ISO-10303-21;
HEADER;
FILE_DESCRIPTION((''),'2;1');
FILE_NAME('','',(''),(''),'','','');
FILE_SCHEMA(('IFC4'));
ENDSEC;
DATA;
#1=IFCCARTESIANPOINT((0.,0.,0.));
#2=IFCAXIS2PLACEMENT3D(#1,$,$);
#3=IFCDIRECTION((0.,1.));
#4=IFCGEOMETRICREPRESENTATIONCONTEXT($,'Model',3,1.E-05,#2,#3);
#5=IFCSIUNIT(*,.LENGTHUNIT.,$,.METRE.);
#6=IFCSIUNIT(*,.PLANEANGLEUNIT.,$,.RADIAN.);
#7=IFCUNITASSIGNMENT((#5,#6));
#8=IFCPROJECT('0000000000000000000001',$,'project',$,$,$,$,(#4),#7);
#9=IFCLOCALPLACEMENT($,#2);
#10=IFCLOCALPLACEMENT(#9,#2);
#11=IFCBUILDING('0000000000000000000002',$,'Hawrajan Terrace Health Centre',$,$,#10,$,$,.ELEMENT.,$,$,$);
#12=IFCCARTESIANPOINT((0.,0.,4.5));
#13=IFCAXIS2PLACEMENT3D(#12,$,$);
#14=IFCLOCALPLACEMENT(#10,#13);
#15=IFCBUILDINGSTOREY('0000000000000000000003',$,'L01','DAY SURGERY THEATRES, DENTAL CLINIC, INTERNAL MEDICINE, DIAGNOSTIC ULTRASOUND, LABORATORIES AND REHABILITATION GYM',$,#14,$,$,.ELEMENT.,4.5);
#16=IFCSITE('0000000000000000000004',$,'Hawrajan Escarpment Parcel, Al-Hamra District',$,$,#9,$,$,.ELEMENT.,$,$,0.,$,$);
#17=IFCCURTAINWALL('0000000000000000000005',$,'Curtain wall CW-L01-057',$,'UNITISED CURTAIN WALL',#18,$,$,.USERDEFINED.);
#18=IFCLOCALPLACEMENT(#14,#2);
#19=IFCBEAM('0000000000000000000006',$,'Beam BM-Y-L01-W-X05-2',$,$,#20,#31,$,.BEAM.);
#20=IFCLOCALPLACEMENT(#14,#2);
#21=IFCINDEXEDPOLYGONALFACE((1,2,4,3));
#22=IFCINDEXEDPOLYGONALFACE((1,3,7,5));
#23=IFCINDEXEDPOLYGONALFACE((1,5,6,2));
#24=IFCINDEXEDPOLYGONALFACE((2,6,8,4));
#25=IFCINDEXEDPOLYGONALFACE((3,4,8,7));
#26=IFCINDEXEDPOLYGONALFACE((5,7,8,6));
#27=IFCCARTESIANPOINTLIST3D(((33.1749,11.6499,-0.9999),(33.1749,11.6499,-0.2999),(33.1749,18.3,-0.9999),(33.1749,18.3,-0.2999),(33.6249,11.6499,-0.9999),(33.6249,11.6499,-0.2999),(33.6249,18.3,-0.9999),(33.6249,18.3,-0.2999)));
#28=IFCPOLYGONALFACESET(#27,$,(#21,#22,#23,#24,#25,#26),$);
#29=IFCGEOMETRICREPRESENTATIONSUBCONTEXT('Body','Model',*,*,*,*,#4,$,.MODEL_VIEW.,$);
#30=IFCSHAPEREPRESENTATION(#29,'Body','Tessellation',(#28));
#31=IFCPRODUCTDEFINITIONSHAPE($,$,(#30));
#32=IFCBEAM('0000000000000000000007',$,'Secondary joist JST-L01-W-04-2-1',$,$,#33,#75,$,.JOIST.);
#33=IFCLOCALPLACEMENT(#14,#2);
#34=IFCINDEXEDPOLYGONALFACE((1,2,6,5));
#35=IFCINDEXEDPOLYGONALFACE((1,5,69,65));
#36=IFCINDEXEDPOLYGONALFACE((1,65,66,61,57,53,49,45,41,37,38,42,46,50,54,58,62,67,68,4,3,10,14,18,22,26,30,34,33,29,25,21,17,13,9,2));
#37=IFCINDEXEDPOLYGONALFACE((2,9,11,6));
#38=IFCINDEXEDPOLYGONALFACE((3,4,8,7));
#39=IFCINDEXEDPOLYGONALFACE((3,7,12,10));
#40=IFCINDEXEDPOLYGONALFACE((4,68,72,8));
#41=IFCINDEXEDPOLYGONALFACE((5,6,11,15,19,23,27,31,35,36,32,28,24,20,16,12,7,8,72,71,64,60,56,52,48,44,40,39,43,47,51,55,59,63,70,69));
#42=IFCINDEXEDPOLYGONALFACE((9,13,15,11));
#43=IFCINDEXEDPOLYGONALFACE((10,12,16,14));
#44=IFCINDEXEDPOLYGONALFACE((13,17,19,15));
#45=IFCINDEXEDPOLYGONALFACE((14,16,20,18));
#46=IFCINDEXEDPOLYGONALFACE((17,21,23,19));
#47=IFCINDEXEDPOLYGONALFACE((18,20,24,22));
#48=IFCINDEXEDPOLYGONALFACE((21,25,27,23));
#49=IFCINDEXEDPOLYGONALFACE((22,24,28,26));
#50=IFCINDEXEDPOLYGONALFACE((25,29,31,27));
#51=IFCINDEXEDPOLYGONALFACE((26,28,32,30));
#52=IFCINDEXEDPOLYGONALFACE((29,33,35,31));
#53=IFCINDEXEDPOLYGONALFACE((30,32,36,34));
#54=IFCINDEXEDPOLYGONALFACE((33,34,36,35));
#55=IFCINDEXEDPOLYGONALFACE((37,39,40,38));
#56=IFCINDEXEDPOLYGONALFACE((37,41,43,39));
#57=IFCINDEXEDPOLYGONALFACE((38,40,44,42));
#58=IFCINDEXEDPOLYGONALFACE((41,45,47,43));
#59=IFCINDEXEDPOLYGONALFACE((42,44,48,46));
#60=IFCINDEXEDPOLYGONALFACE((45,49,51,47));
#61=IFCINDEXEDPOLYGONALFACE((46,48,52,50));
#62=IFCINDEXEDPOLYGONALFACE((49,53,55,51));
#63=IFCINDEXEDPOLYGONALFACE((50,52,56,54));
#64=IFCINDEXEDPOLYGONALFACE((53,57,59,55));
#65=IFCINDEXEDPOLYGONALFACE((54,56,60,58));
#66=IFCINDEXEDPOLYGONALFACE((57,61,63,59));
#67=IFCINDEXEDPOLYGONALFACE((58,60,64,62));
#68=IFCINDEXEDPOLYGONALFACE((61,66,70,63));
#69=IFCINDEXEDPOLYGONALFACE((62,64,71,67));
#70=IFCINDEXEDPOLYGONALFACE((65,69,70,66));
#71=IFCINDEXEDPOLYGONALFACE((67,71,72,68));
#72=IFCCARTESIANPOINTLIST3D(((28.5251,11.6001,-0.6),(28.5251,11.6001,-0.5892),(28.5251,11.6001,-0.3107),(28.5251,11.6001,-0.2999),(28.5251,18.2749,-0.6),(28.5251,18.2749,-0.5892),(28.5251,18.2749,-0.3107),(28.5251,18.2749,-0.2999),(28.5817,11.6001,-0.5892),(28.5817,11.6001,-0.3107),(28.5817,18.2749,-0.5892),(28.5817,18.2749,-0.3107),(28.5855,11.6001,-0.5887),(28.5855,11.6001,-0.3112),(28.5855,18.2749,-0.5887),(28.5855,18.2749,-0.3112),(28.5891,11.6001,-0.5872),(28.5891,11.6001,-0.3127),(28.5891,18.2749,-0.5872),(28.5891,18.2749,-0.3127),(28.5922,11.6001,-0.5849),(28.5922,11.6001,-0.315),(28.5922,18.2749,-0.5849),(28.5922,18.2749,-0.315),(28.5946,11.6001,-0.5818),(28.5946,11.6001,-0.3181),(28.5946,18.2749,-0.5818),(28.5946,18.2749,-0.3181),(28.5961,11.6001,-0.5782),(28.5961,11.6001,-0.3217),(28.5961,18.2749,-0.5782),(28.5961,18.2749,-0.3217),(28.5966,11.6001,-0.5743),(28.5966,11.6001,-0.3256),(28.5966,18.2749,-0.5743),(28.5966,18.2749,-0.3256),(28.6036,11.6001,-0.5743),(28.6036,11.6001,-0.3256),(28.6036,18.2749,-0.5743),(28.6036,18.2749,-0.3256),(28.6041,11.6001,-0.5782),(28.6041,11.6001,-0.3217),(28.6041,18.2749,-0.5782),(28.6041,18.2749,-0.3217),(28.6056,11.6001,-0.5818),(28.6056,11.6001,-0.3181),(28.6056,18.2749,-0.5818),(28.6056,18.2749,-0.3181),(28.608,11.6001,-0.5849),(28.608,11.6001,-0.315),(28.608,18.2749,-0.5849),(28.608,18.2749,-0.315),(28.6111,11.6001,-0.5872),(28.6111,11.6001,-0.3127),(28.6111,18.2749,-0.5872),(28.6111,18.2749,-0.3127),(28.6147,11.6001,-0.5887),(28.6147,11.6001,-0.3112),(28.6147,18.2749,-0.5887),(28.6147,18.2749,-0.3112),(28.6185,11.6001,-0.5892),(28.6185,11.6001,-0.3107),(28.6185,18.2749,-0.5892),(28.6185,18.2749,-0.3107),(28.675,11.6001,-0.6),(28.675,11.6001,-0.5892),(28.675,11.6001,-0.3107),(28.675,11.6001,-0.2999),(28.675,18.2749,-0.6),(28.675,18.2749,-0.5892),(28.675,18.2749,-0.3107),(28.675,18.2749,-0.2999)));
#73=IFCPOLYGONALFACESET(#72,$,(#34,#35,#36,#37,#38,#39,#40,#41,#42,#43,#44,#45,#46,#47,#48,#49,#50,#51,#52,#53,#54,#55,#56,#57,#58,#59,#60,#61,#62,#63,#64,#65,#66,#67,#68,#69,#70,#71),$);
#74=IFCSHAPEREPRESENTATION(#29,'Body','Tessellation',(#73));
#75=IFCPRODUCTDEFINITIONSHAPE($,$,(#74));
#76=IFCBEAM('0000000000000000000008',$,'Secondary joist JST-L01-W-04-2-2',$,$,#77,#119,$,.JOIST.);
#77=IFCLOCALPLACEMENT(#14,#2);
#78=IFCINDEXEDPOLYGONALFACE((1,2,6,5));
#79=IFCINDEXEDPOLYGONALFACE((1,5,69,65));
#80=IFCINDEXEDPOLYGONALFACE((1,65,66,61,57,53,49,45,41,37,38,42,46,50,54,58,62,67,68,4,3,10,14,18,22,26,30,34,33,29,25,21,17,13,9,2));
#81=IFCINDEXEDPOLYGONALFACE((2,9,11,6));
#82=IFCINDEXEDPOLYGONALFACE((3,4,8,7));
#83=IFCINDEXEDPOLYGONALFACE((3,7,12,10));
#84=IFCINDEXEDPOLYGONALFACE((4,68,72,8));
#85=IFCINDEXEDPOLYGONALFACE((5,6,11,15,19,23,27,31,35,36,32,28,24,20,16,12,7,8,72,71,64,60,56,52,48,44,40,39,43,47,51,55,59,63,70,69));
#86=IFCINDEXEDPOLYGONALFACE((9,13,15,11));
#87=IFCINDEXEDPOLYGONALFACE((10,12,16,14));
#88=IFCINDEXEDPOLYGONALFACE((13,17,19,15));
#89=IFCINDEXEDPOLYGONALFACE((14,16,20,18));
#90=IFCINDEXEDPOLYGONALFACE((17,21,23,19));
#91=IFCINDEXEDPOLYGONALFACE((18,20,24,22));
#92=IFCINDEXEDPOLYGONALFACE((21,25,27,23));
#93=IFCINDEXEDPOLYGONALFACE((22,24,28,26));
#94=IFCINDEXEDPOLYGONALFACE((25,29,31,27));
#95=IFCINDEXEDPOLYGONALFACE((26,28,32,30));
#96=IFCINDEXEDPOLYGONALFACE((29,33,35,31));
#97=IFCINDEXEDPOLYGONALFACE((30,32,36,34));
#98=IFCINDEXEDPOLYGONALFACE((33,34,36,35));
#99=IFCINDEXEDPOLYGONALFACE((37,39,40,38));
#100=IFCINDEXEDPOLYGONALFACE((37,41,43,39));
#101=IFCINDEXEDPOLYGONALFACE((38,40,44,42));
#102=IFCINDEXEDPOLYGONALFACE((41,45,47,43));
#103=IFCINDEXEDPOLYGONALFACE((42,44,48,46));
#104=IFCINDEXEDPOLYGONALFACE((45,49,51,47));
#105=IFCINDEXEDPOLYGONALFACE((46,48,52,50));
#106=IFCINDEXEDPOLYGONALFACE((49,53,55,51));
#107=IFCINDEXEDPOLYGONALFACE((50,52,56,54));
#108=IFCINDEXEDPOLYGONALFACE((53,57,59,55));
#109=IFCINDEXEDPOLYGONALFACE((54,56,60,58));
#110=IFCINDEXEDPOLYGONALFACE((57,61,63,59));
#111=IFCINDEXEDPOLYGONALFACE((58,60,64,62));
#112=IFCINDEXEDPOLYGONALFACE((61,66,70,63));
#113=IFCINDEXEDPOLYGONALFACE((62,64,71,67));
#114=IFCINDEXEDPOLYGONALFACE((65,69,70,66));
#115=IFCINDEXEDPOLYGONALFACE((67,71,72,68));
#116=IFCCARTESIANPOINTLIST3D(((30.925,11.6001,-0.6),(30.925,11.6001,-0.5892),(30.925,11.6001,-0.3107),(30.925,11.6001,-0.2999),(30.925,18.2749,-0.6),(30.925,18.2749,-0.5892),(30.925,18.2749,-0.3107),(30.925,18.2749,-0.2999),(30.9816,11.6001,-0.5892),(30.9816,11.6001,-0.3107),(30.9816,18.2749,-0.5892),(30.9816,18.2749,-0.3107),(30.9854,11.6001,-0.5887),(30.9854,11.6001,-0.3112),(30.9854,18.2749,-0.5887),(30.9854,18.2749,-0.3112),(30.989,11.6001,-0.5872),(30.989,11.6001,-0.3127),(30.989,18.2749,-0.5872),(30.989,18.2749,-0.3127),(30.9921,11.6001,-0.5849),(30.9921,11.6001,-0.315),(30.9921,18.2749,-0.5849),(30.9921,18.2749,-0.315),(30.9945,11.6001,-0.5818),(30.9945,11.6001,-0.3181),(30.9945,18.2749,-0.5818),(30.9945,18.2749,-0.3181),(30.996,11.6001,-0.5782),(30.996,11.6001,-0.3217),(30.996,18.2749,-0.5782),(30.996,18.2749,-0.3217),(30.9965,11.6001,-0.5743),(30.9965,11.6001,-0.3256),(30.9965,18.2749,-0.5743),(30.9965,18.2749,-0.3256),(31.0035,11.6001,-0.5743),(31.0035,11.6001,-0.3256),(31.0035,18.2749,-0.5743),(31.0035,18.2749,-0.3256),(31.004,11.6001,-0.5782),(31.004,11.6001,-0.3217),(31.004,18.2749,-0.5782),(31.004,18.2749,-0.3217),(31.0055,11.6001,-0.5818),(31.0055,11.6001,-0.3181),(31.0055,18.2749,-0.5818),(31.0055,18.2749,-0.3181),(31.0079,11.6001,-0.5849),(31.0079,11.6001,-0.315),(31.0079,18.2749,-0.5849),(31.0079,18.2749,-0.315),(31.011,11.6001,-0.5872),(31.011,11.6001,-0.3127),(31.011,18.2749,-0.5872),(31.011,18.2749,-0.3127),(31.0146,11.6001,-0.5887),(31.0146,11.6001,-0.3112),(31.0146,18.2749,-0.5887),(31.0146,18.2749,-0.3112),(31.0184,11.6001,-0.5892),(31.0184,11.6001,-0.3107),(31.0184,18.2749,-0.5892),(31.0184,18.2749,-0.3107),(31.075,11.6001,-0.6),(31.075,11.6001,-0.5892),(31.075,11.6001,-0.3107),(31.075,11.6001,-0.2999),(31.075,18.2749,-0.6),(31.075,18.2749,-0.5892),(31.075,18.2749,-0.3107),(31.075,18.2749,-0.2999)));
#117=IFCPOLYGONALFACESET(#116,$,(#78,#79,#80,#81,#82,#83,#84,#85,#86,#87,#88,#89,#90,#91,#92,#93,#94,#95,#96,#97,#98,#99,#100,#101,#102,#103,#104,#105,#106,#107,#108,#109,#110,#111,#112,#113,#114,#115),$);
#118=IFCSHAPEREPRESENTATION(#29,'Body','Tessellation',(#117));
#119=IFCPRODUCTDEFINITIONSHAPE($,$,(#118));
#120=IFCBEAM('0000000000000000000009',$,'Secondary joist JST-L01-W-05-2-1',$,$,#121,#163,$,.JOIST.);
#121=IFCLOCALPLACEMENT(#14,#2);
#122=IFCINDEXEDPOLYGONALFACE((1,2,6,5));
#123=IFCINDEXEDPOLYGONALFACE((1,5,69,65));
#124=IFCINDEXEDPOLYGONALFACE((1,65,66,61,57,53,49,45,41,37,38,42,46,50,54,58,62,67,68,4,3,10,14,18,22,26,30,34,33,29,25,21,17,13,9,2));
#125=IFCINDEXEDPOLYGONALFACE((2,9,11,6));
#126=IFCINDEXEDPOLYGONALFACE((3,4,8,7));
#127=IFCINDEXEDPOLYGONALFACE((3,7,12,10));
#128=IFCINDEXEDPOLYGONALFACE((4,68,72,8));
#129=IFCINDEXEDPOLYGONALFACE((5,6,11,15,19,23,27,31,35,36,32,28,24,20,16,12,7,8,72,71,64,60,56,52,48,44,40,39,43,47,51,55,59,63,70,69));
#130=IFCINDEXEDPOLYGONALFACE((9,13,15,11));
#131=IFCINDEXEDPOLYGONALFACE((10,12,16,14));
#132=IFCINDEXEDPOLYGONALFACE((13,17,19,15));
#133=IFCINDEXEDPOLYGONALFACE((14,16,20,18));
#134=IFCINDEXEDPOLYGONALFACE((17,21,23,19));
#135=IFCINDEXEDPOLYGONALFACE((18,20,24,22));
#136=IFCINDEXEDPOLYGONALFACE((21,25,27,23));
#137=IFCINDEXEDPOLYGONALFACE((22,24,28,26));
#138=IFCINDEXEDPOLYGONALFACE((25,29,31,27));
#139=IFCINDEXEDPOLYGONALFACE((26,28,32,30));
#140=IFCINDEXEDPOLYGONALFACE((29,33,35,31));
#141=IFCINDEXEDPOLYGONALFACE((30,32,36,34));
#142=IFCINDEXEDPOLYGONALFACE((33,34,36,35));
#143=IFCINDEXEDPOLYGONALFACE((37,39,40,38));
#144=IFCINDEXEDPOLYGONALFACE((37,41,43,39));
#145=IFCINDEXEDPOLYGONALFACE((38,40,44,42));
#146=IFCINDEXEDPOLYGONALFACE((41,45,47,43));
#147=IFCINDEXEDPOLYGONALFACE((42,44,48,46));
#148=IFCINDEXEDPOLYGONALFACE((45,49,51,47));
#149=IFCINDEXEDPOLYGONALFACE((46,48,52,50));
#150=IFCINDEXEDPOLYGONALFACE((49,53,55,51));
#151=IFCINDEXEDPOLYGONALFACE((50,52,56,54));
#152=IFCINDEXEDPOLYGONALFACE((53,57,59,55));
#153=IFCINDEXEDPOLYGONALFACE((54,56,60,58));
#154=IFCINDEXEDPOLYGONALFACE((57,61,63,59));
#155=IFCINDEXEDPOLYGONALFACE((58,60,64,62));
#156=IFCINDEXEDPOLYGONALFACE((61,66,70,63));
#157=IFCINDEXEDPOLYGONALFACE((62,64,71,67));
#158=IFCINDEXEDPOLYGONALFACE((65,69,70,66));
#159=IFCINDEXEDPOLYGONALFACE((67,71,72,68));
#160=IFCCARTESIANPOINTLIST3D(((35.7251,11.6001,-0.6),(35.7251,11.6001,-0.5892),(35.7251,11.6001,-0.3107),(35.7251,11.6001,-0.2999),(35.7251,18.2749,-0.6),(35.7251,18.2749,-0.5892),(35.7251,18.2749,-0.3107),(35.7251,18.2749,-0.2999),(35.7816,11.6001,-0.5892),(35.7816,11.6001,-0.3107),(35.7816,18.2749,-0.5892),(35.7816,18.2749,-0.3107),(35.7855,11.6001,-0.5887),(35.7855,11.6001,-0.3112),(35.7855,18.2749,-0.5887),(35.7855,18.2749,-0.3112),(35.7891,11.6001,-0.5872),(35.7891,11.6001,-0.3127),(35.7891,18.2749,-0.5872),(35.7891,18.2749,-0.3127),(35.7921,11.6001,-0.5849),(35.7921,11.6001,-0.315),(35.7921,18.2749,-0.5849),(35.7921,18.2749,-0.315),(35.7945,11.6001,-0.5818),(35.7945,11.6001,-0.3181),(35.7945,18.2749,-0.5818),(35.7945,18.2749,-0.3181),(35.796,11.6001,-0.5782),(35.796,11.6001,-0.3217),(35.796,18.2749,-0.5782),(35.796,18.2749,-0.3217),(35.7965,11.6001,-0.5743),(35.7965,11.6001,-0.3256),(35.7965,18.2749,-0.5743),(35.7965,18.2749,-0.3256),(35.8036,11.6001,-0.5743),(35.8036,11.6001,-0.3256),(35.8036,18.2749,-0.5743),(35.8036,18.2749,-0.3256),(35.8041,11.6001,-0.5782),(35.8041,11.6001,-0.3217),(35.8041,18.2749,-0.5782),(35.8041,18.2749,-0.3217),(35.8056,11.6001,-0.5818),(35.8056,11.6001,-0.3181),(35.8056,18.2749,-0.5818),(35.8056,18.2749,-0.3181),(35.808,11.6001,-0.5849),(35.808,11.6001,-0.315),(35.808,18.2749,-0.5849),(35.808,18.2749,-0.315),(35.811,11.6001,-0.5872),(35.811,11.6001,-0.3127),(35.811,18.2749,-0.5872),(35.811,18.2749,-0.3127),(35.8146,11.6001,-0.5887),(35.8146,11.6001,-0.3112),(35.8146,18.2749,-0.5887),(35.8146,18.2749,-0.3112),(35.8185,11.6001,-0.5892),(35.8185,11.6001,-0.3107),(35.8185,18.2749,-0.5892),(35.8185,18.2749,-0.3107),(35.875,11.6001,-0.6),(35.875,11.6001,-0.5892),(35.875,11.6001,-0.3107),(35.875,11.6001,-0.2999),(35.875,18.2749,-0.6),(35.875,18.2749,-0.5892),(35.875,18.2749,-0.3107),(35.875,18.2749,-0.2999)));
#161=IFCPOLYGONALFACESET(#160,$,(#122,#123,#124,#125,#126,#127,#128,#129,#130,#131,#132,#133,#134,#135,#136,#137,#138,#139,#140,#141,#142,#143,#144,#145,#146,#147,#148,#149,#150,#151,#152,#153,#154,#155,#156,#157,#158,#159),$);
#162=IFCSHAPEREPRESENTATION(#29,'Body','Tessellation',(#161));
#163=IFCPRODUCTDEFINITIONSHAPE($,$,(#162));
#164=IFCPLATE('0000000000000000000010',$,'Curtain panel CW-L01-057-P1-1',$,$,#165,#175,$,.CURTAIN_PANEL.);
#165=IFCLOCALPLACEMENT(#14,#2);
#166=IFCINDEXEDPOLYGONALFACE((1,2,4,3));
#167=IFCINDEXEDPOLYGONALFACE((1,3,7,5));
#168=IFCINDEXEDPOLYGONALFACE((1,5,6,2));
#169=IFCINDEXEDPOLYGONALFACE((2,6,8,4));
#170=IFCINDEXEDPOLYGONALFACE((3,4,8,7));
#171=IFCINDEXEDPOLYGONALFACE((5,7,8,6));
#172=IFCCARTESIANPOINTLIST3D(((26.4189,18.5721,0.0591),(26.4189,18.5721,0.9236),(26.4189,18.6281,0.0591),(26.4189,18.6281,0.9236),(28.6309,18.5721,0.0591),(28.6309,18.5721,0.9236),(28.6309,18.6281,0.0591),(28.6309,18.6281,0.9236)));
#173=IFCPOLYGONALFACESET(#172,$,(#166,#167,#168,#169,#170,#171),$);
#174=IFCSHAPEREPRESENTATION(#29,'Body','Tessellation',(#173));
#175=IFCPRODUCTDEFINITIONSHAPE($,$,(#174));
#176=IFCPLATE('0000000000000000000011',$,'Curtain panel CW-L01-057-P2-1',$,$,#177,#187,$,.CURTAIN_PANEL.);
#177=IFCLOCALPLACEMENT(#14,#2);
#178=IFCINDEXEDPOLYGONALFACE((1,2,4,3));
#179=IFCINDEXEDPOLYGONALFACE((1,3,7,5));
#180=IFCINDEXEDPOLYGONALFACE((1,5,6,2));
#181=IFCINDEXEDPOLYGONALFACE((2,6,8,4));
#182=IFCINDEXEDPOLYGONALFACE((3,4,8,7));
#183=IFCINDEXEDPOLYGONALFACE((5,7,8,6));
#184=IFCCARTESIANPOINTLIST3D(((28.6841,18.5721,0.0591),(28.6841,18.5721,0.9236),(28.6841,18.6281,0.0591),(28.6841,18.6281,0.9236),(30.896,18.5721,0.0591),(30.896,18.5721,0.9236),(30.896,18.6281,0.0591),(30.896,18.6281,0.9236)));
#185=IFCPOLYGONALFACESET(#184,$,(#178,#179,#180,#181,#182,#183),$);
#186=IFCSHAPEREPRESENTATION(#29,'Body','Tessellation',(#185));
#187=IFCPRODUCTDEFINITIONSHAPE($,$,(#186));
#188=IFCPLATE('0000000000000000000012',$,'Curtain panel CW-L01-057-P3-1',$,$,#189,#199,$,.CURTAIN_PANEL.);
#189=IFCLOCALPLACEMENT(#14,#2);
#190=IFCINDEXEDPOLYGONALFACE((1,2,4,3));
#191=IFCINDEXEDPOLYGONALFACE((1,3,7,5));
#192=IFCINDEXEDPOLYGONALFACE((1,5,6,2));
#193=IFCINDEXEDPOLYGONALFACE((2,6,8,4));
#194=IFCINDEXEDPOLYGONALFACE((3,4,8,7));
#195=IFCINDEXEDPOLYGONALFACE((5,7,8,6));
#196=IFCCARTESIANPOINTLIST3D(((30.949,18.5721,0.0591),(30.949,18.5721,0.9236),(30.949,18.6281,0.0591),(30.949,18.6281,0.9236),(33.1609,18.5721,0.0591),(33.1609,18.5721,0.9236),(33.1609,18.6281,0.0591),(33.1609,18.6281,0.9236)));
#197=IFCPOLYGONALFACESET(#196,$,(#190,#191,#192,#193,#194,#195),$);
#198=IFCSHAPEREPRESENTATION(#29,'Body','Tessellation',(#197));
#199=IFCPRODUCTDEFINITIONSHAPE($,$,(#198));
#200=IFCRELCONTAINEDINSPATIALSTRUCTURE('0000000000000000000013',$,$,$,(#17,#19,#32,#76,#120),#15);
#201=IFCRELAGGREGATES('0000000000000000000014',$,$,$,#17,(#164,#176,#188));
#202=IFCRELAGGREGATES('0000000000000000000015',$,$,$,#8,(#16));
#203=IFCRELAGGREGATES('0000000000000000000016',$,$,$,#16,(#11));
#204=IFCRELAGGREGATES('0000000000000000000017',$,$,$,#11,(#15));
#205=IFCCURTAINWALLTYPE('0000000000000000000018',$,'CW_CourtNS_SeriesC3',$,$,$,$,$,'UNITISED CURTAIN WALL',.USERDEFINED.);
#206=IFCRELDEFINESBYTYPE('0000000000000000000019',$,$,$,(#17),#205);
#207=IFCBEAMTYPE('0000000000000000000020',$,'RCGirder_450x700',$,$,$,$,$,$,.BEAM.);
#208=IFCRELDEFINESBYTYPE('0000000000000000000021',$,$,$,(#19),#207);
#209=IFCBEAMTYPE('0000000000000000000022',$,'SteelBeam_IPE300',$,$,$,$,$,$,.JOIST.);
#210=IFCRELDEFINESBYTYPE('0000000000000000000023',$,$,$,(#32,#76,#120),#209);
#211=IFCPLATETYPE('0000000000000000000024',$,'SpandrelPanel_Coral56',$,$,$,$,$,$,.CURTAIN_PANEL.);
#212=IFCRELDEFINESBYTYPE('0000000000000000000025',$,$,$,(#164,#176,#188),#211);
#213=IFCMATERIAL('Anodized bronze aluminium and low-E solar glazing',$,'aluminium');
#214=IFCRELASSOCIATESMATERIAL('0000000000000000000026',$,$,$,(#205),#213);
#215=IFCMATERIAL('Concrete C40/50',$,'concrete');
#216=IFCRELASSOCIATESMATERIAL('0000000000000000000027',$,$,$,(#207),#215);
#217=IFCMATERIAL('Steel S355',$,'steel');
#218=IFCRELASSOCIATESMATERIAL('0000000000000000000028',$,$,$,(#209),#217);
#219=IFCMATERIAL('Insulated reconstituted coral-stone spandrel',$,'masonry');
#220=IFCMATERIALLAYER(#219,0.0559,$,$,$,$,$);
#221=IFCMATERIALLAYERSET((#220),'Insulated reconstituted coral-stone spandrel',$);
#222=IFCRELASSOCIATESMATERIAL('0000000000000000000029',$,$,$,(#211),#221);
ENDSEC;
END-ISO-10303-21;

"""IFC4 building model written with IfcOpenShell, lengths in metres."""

from ifc_helpers import new_model, si_unit, direction, frame, origin, origin_2d, place, context, subcontext, project, spatial, rectangle, i_section, extrude, material, layer, layer_set, material_profile, profile_set, type_object, element, aggregate, save


model = new_model("IFC4")

# Units and contexts
model_context = context("Model", 3, precision=1e-05, world=origin(), true_north=direction((0.0, 1.0)))
body_context = subcontext(model_context, "Body", "Model", "MODEL_VIEW")
ifc_project = project(units=[si_unit("LENGTHUNIT", "METRE"), si_unit("PLANEANGLEUNIT", "RADIAN")], contexts=[model_context])

# Site, building, storey
site_placement = place(None, origin())
site = spatial("IfcSite", under=ifc_project, at=site_placement, Name="Hawrajan Escarpment Parcel, Al-Hamra District", CompositionType="ELEMENT", RefElevation=0.0)
building_placement = place(site_placement, origin())
building = spatial("IfcBuilding", under=site, at=building_placement, Name="Hawrajan Terrace Health Centre", CompositionType="ELEMENT")
storey_placement = place(building_placement, frame((0.0, 0.0, 4.5)))
storey = spatial("IfcBuildingStorey", under=building, at=storey_placement, Name="L01", Description="DAY SURGERY THEATRES, DENTAL CLINIC, INTERNAL MEDICINE, DIAGNOSTIC ULTRASOUND, LABORATORIES AND REHABILITATION GYM", CompositionType="ELEMENT", Elevation=4.5)

# Curtain wall
ifc_material_1 = material(Name="Anodized bronze aluminium and low-E solar glazing", Category="aluminium")
curtain_wall_type = type_object("IfcCurtainWallType", Name="CW_CourtNS_SeriesC3", ElementType="UNITISED CURTAIN WALL", PredefinedType="USERDEFINED", material=ifc_material_1)
curtain_wall_placement = place(storey_placement, origin())
curtain_wall = element("IfcCurtainWall", 1, at=curtain_wall_placement, inside=storey, type_object=curtain_wall_type, Name="Curtain wall CW-L01-057", ObjectType="UNITISED CURTAIN WALL", PredefinedType="USERDEFINED")

# Beams
ifc_material_2 = material(Name="Concrete C40/50", Category="concrete")
ifc_material_profile_1 = material_profile(ifc_material_2, rectangle(XDim=0.45, YDim=0.7, at=origin_2d()), Name="RC BM 450x700")
ifc_profile_set_1 = profile_set([ifc_material_profile_1], Name="Concrete C40/50")
beam_type_1 = type_object("IfcBeamType", Name="RCGirder_450x700", PredefinedType="BEAM", material=ifc_profile_set_1)
beam_1_placement = place(storey_placement, frame((33.3999, 11.6499, -0.6499), z_axis=(0.0, 1.0, 0.0), x_axis=(-1.0, 0.0, 0.0)))
element("IfcBeam", 2, at=beam_1_placement, inside=storey, type_object=beam_type_1, Name="Beam BM-Y-L01-W-X05-2", PredefinedType="BEAM", context=body_context, shape_type="SweptSolid", body=[
    extrude(rectangle(XDim=0.45, YDim=0.7, at=origin_2d()), origin(), (0.0, 0.0, 1.0), 6.6501),
])
ifc_material_3 = material(Name="Steel S355", Category="steel")
ifc_material_profile_2 = material_profile(ifc_material_3, i_section(OverallWidth=0.1499, OverallDepth=0.3, WebThickness=0.0071, FlangeThickness=0.0107, FilletRadius=0.0149, at=origin_2d()), Name="IPE 300")
ifc_profile_set_2 = profile_set([ifc_material_profile_2], Name="Steel S355")
beam_type_2 = type_object("IfcBeamType", Name="SteelBeam_IPE300", PredefinedType="JOIST", material=ifc_profile_set_2)
for number, where, z_axis, x_axis, name in (
    (3, (28.6001, 11.6001, -0.45), (0.0, 1.0, 0.0), (-1.0, 0.0, 0.0), "Secondary joist JST-L01-W-04-2-1"),
    (4, (31.0, 11.6001, -0.45), (0.0, 1.0, 0.0), (-1.0, 0.0, 0.0), "Secondary joist JST-L01-W-04-2-2"),
    (5, (35.8, 11.6001, -0.45), (0.0, 1.0, 0.0), (-1.0, 0.0, 0.0), "Secondary joist JST-L01-W-05-2-1"),
):
    element("IfcBeam", number, at=place(storey_placement, frame(where, z_axis=z_axis, x_axis=x_axis)), inside=storey, type_object=beam_type_2, Name=name, PredefinedType="JOIST", context=body_context, shape_type="SweptSolid", body=[
        extrude(i_section(OverallWidth=0.1499, OverallDepth=0.3, WebThickness=0.0071, FlangeThickness=0.0107, FilletRadius=0.0149, at=origin_2d()), origin(), (0.0, 0.0, 1.0), 6.6748),
    ])

# Plates
ifc_material_4 = material(Name="Insulated reconstituted coral-stone spandrel", Category="masonry")
ifc_layer_1 = layer(ifc_material_4, 0.0559)
ifc_layer_set_1 = layer_set([ifc_layer_1], Name="Insulated reconstituted coral-stone spandrel")
plate_type_1 = type_object("IfcPlateType", Name="SpandrelPanel_Coral56", PredefinedType="CURTAIN_PANEL", material=ifc_layer_set_1)
plate_1_placement = place(storey_placement, frame((27.5249, 18.6001, 0.0591), z_axis=(0.0, 0.0, 1.0), x_axis=(1.0, 0.0, 0.0)))
plate_1 = element("IfcPlate", 6, at=plate_1_placement, type_object=plate_type_1, Name="Curtain panel CW-L01-057-P1-1", PredefinedType="CURTAIN_PANEL", context=body_context, shape_type="SweptSolid", body=[
    extrude(rectangle(XDim=2.2119, YDim=0.0559, at=origin_2d()), origin(), (0.0, 0.0, 1.0), 0.8645),
])
plate_2_placement = place(storey_placement, frame((29.79, 18.6001, 0.0591), z_axis=(0.0, 0.0, 1.0), x_axis=(1.0, 0.0, 0.0)))
plate_2 = element("IfcPlate", 7, at=plate_2_placement, type_object=plate_type_1, Name="Curtain panel CW-L01-057-P2-1", PredefinedType="CURTAIN_PANEL", context=body_context, shape_type="SweptSolid", body=[
    extrude(rectangle(XDim=2.2119, YDim=0.0559, at=origin_2d()), origin(), (0.0, 0.0, 1.0), 0.8645),
])
plate_3_placement = place(storey_placement, frame((32.0549, 18.6001, 0.0591), z_axis=(0.0, 0.0, 1.0), x_axis=(1.0, 0.0, 0.0)))
plate_3 = element("IfcPlate", 8, at=plate_3_placement, type_object=plate_type_1, Name="Curtain panel CW-L01-057-P3-1", PredefinedType="CURTAIN_PANEL", context=body_context, shape_type="SweptSolid", body=[
    extrude(rectangle(XDim=2.2119, YDim=0.0559, at=origin_2d()), origin(), (0.0, 0.0, 1.0), 0.8645),
])
aggregate(curtain_wall, [plate_1, plate_2, plate_3])

save(model, "model.ifc")
